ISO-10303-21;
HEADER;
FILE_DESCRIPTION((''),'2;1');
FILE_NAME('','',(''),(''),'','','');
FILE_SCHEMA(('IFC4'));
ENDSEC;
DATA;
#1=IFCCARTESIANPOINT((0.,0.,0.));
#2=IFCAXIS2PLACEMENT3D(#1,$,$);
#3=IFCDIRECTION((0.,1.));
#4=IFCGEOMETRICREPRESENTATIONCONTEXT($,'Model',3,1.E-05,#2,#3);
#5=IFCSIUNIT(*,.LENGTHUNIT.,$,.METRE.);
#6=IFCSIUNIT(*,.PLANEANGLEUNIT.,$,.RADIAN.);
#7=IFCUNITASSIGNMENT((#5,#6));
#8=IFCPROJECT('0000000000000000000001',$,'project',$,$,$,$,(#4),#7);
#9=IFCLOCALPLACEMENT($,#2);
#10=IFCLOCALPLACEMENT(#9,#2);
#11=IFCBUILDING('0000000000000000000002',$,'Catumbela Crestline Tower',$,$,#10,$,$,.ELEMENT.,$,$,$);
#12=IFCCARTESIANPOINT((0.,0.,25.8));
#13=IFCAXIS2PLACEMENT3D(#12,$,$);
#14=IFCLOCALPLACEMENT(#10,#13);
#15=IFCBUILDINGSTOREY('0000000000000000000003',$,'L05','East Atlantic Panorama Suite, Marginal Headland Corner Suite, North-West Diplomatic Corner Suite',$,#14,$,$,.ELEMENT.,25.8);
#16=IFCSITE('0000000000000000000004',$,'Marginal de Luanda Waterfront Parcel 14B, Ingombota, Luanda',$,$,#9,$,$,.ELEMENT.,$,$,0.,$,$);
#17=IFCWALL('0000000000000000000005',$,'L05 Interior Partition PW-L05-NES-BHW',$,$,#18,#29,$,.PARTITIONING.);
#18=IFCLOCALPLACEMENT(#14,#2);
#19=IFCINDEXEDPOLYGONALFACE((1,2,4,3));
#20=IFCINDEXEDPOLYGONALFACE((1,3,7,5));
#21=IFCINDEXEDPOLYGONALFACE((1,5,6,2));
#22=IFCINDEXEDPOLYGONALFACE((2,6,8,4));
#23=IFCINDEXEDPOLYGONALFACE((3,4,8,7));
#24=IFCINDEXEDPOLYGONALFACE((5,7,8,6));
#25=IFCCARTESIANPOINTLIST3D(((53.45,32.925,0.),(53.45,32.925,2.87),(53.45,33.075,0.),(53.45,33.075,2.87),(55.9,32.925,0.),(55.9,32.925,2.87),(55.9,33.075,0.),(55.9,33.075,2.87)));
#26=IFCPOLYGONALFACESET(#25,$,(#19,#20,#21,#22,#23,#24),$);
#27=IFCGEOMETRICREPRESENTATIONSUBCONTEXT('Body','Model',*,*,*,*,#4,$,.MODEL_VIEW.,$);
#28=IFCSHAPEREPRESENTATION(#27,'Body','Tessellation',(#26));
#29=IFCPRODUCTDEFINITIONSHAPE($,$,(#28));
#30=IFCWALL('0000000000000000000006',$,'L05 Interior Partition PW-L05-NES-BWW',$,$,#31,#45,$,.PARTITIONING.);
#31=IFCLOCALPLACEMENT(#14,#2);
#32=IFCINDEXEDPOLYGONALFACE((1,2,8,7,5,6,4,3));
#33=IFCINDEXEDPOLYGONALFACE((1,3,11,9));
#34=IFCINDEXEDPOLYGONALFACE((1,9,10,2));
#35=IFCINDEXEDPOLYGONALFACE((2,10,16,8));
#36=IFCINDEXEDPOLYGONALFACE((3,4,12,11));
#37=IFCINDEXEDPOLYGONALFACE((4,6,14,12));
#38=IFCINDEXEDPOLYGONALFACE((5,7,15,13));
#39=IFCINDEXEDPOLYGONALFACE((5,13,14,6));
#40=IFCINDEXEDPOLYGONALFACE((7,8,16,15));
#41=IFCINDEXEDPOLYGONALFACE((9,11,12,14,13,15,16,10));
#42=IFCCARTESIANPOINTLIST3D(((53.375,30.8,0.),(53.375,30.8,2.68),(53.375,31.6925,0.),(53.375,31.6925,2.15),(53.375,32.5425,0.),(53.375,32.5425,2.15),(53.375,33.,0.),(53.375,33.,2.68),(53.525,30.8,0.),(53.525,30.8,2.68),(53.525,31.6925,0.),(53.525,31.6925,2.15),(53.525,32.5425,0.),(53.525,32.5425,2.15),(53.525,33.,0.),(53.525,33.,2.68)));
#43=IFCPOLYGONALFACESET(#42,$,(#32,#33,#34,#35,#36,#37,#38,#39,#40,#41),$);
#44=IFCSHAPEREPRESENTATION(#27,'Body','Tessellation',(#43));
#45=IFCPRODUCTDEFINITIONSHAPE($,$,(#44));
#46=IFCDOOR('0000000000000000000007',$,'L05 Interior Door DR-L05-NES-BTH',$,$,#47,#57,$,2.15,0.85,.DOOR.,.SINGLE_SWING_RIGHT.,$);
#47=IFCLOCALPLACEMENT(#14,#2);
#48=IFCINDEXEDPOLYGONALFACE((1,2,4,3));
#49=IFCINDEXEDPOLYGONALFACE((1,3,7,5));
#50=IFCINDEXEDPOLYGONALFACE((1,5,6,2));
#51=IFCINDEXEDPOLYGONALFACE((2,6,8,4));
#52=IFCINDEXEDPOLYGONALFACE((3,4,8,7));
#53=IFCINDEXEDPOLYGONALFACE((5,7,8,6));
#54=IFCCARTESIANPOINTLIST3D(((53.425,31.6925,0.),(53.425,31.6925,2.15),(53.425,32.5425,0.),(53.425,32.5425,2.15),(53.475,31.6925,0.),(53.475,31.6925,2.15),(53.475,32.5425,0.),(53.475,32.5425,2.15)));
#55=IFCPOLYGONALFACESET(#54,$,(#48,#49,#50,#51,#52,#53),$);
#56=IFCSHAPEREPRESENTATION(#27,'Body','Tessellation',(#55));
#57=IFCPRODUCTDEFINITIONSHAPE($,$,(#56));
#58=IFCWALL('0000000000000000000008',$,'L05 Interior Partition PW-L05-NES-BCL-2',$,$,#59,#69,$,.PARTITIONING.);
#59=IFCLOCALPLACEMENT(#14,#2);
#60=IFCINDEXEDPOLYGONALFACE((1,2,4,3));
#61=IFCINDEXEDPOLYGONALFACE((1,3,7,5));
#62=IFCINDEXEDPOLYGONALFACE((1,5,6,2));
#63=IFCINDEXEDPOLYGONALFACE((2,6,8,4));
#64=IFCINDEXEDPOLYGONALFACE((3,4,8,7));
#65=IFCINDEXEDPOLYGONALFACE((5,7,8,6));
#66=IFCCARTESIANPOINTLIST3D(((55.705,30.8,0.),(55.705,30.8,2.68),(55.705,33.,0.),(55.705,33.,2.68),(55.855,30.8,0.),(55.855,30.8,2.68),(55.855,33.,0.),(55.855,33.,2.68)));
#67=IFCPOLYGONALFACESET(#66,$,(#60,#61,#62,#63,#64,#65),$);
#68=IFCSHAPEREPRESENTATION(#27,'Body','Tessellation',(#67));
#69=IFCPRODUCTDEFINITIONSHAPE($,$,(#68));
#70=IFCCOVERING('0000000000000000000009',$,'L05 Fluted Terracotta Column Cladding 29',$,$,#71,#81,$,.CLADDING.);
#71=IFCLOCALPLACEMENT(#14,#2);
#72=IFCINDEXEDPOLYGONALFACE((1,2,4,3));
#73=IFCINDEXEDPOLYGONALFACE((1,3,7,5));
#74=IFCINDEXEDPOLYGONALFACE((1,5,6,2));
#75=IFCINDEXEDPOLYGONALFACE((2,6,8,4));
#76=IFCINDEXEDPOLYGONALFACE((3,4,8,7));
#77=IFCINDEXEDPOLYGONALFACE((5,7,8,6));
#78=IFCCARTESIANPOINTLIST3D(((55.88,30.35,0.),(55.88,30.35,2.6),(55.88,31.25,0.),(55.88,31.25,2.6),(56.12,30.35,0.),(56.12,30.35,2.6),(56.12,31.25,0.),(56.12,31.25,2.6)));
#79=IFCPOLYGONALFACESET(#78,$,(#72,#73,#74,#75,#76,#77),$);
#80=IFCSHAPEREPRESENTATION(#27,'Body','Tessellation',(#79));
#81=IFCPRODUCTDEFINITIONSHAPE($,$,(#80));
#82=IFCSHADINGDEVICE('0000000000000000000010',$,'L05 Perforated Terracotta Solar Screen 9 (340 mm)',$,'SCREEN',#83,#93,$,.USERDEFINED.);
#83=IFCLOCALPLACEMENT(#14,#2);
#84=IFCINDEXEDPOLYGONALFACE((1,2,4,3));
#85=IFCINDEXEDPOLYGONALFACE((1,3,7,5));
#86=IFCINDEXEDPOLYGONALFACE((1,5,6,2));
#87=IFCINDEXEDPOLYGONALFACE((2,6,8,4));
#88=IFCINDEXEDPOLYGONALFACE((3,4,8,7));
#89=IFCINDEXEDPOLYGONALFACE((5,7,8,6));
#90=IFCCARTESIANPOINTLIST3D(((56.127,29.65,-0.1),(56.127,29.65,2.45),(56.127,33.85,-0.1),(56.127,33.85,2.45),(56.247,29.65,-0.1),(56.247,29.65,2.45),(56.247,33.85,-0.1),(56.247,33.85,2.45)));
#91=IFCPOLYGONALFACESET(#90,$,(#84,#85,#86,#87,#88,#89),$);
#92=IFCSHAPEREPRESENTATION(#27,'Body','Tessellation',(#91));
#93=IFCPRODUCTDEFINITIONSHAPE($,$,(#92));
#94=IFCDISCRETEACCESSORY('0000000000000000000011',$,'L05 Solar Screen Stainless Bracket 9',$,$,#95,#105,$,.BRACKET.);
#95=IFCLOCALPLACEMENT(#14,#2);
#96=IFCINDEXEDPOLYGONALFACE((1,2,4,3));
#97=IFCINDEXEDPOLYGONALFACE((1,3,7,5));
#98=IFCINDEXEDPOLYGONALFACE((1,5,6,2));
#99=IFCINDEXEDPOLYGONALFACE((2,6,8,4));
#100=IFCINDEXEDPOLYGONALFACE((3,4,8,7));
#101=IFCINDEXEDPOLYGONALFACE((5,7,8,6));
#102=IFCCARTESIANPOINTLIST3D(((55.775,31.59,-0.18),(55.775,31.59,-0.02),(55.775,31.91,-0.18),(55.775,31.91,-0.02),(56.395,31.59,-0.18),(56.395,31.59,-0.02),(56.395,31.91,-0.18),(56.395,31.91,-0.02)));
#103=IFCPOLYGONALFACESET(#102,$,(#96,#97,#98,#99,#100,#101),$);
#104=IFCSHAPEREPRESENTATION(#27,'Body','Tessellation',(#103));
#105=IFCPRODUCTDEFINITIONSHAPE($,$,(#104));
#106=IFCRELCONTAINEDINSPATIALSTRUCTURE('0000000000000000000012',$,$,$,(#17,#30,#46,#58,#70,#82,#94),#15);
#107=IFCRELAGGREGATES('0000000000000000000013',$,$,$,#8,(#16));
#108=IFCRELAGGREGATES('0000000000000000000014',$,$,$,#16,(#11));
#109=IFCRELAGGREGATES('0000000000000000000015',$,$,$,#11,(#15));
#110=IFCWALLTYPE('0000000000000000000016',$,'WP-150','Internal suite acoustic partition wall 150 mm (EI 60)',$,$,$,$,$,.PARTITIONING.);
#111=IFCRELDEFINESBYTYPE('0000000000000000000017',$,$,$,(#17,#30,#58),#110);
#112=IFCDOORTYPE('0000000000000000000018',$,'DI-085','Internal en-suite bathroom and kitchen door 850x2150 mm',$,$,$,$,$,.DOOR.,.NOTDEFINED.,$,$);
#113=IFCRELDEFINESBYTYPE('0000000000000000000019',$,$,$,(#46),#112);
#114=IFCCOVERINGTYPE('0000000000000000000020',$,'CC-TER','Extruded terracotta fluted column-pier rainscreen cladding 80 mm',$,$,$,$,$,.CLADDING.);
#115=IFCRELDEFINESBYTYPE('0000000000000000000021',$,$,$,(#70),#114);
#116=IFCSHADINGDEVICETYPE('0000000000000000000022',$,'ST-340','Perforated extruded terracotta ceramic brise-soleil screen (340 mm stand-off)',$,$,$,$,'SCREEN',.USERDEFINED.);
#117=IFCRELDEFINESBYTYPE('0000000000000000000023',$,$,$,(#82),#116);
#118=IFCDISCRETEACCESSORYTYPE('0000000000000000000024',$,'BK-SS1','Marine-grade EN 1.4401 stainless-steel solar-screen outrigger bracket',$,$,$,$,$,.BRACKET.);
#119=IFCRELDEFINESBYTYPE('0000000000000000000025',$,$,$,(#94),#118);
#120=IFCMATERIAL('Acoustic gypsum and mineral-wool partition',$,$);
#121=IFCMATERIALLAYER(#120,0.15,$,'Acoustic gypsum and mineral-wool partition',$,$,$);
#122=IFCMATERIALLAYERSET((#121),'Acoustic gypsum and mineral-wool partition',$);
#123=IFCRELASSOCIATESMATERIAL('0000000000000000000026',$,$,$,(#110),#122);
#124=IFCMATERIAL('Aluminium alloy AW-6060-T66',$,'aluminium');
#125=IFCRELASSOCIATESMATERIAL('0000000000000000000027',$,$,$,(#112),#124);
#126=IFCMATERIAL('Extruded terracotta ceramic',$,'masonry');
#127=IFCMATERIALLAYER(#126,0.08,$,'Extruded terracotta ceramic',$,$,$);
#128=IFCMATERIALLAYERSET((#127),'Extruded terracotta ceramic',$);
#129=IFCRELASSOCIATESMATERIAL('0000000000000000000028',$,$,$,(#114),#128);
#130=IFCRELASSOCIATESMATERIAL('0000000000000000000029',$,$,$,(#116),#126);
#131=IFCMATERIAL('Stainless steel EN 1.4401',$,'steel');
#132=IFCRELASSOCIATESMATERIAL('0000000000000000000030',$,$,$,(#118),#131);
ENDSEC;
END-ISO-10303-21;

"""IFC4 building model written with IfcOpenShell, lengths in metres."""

from ifc_helpers import new_model, si_unit, direction, frame, frame_2d, origin, origin_2d, place, context, subcontext, project, spatial, rectangle, extrude, material, layer, layer_set, type_object, element, fill, save


model = new_model("IFC4")

# Units and contexts
model_context = context("Model", 3, precision=1e-05, world=origin(), true_north=direction((0.0, 1.0)))
body_context = subcontext(model_context, "Body", "Model", "MODEL_VIEW")
ifc_project = project(units=[si_unit("LENGTHUNIT", "METRE"), si_unit("PLANEANGLEUNIT", "RADIAN")], contexts=[model_context])

# Site, building, storey
site_placement = place(None, origin())
site = spatial("IfcSite", under=ifc_project, at=site_placement, Name="Marginal de Luanda Waterfront Parcel 14B, Ingombota, Luanda", CompositionType="ELEMENT", RefElevation=0.0)
building_placement = place(site_placement, origin())
building = spatial("IfcBuilding", under=site, at=building_placement, Name="Catumbela Crestline Tower", CompositionType="ELEMENT")
storey_placement = place(building_placement, frame((0.0, 0.0, 25.8)))
storey = spatial("IfcBuildingStorey", under=building, at=storey_placement, Name="L05", Description="East Atlantic Panorama Suite, Marginal Headland Corner Suite, North-West Diplomatic Corner Suite", CompositionType="ELEMENT", Elevation=25.8)

# Shared definitions
ifc_material_1 = material(Name="Aluminium alloy AW-6060-T66", Category="aluminium")

# Shared definitions
ifc_material_2 = material(Name="Acoustic gypsum and mineral-wool partition")

# Wall
ifc_layer_1 = layer(ifc_material_2, 0.15, Name="Acoustic gypsum and mineral-wool partition")
ifc_layer_set_1 = layer_set([ifc_layer_1], Name="Acoustic gypsum and mineral-wool partition")
wall_type_1 = type_object("IfcWallType", Name="WP-150", Description="Internal suite acoustic partition wall 150 mm (EI 60)", PredefinedType="PARTITIONING", material=ifc_layer_set_1)
wall_1_placement = place(storey_placement, frame((53.45, 33.0, 0.0), z_axis=(0.0, 0.0, 1.0), x_axis=(1.0, 0.0, 0.0)))
element("IfcWall", 1, at=wall_1_placement, inside=storey, type_object=wall_type_1, Name="L05 Interior Partition PW-L05-NES-BHW", PredefinedType="PARTITIONING", context=body_context, shape_type="SweptSolid", body=[
    extrude(rectangle(XDim=2.45, YDim=0.15, at=frame_2d((1.225, 0.0))), origin(), (0.0, 0.0, 1.0), 2.87),
])

# Wall, opening, door
wall_2_placement = place(storey_placement, frame((53.45, 30.8, 0.0), z_axis=(0.0, 0.0, 1.0), x_axis=(0.0, 1.0, 0.0)))
wall_2 = element("IfcWall", 2, at=wall_2_placement, inside=storey, type_object=wall_type_1, Name="L05 Interior Partition PW-L05-NES-BWW", PredefinedType="PARTITIONING", context=body_context, shape_type="SweptSolid", body=[
    extrude(rectangle(XDim=2.2, YDim=0.15, at=frame_2d((1.1, 0.0))), origin(), (0.0, 0.0, 1.0), 2.68),
])
opening_1_placement = place(wall_2_placement, frame((0.8925, 0.0, 0.0)))
opening_1 = element("IfcOpeningElement", 3, at=opening_1_placement, cuts=wall_2, PredefinedType="OPENING", context=body_context, shape_type="SweptSolid", body=[
    extrude(rectangle(XDim=0.85, YDim=2.15, at=frame_2d((0.425, 1.075))), frame((0.0, 0.085, 0.0), z_axis=(0.0, -1.0, 0.0), x_axis=(1.0, 0.0, 0.0)), (0.0, 0.0, 1.0), 0.17),
])
door_type_1 = type_object("IfcDoorType", Name="DI-085", Description="Internal en-suite bathroom and kitchen door 850x2150 mm", OperationType="NOTDEFINED", PredefinedType="DOOR", material=ifc_material_1)
door_1_placement = place(opening_1_placement, origin())
door_1 = element("IfcDoor", 4, at=door_1_placement, inside=storey, type_object=door_type_1, Name="L05 Interior Door DR-L05-NES-BTH", OperationType="SINGLE_SWING_RIGHT", OverallHeight=2.15, OverallWidth=0.85, PredefinedType="DOOR", context=body_context, shape_type="SweptSolid", body=[
    extrude(rectangle(XDim=0.85, YDim=2.15, at=frame_2d((0.425, 1.075))), frame((0.0, 0.025, 0.0), z_axis=(0.0, -1.0, 0.0), x_axis=(1.0, 0.0, 0.0)), (0.0, 0.0, 1.0), 0.05),
])
fill(opening_1, door_1)

# Wall
wall_3_placement = place(storey_placement, frame((55.78, 33.0, 0.0), z_axis=(0.0, 0.0, 1.0), x_axis=(0.0, -1.0, 0.0)))
element("IfcWall", 5, at=wall_3_placement, inside=storey, type_object=wall_type_1, Name="L05 Interior Partition PW-L05-NES-BCL-2", PredefinedType="PARTITIONING", context=body_context, shape_type="SweptSolid", body=[
    extrude(rectangle(XDim=2.2, YDim=0.15, at=frame_2d((1.1, 0.0))), origin(), (0.0, 0.0, 1.0), 2.68),
])

# Covering
ifc_material_3 = material(Name="Extruded terracotta ceramic", Category="masonry")
ifc_layer_2 = layer(ifc_material_3, 0.08, Name="Extruded terracotta ceramic")
ifc_layer_set_2 = layer_set([ifc_layer_2], Name="Extruded terracotta ceramic")
covering_type = type_object("IfcCoveringType", Name="CC-TER", Description="Extruded terracotta fluted column-pier rainscreen cladding 80 mm", PredefinedType="CLADDING", material=ifc_layer_set_2)
covering_placement = place(storey_placement, frame((56.0, 30.8, 0.0), z_axis=(0.0, 0.0, 1.0), x_axis=(0.0, 1.0, 0.0)))
element("IfcCovering", 6, at=covering_placement, inside=storey, type_object=covering_type, Name="L05 Fluted Terracotta Column Cladding 29", PredefinedType="CLADDING", context=body_context, shape_type="SweptSolid", body=[
    extrude(rectangle(XDim=0.9, YDim=0.24, at=origin_2d()), origin(), (0.0, 0.0, 1.0), 2.6),
])

# Shading device
shading_device_type = type_object("IfcShadingDeviceType", Name="ST-340", Description="Perforated extruded terracotta ceramic brise-soleil screen (340 mm stand-off)", ElementType="SCREEN", PredefinedType="USERDEFINED", material=ifc_material_3)
shading_device_placement = place(storey_placement, frame((56.187, 31.75, -0.1), z_axis=(0.0, 0.0, 1.0), x_axis=(0.0, 1.0, 0.0)))
element("IfcShadingDevice", 7, at=shading_device_placement, inside=storey, type_object=shading_device_type, Name="L05 Perforated Terracotta Solar Screen 9 (340 mm)", ObjectType="SCREEN", PredefinedType="USERDEFINED", context=body_context, shape_type="SweptSolid", body=[
    extrude(rectangle(XDim=4.2, YDim=0.12, at=origin_2d()), origin(), (0.0, 0.0, 1.0), 2.55),
])

# Discrete accessory
ifc_material_4 = material(Name="Stainless steel EN 1.4401", Category="steel")
discrete_accessory_type = type_object("IfcDiscreteAccessoryType", Name="BK-SS1", Description="Marine-grade EN 1.4401 stainless-steel solar-screen outrigger bracket", PredefinedType="BRACKET", material=ifc_material_4)
discrete_accessory_placement = place(storey_placement, frame((56.085, 31.75, -0.18), z_axis=(0.0, 0.0, 1.0), x_axis=(0.0, 1.0, 0.0)))
element("IfcDiscreteAccessory", 8, at=discrete_accessory_placement, inside=storey, type_object=discrete_accessory_type, Name="L05 Solar Screen Stainless Bracket 9", PredefinedType="BRACKET", context=body_context, shape_type="SweptSolid", body=[
    extrude(rectangle(XDim=0.32, YDim=0.62, at=origin_2d()), origin(), (0.0, 0.0, 1.0), 0.16),
])

save(model, "model.ifc")
